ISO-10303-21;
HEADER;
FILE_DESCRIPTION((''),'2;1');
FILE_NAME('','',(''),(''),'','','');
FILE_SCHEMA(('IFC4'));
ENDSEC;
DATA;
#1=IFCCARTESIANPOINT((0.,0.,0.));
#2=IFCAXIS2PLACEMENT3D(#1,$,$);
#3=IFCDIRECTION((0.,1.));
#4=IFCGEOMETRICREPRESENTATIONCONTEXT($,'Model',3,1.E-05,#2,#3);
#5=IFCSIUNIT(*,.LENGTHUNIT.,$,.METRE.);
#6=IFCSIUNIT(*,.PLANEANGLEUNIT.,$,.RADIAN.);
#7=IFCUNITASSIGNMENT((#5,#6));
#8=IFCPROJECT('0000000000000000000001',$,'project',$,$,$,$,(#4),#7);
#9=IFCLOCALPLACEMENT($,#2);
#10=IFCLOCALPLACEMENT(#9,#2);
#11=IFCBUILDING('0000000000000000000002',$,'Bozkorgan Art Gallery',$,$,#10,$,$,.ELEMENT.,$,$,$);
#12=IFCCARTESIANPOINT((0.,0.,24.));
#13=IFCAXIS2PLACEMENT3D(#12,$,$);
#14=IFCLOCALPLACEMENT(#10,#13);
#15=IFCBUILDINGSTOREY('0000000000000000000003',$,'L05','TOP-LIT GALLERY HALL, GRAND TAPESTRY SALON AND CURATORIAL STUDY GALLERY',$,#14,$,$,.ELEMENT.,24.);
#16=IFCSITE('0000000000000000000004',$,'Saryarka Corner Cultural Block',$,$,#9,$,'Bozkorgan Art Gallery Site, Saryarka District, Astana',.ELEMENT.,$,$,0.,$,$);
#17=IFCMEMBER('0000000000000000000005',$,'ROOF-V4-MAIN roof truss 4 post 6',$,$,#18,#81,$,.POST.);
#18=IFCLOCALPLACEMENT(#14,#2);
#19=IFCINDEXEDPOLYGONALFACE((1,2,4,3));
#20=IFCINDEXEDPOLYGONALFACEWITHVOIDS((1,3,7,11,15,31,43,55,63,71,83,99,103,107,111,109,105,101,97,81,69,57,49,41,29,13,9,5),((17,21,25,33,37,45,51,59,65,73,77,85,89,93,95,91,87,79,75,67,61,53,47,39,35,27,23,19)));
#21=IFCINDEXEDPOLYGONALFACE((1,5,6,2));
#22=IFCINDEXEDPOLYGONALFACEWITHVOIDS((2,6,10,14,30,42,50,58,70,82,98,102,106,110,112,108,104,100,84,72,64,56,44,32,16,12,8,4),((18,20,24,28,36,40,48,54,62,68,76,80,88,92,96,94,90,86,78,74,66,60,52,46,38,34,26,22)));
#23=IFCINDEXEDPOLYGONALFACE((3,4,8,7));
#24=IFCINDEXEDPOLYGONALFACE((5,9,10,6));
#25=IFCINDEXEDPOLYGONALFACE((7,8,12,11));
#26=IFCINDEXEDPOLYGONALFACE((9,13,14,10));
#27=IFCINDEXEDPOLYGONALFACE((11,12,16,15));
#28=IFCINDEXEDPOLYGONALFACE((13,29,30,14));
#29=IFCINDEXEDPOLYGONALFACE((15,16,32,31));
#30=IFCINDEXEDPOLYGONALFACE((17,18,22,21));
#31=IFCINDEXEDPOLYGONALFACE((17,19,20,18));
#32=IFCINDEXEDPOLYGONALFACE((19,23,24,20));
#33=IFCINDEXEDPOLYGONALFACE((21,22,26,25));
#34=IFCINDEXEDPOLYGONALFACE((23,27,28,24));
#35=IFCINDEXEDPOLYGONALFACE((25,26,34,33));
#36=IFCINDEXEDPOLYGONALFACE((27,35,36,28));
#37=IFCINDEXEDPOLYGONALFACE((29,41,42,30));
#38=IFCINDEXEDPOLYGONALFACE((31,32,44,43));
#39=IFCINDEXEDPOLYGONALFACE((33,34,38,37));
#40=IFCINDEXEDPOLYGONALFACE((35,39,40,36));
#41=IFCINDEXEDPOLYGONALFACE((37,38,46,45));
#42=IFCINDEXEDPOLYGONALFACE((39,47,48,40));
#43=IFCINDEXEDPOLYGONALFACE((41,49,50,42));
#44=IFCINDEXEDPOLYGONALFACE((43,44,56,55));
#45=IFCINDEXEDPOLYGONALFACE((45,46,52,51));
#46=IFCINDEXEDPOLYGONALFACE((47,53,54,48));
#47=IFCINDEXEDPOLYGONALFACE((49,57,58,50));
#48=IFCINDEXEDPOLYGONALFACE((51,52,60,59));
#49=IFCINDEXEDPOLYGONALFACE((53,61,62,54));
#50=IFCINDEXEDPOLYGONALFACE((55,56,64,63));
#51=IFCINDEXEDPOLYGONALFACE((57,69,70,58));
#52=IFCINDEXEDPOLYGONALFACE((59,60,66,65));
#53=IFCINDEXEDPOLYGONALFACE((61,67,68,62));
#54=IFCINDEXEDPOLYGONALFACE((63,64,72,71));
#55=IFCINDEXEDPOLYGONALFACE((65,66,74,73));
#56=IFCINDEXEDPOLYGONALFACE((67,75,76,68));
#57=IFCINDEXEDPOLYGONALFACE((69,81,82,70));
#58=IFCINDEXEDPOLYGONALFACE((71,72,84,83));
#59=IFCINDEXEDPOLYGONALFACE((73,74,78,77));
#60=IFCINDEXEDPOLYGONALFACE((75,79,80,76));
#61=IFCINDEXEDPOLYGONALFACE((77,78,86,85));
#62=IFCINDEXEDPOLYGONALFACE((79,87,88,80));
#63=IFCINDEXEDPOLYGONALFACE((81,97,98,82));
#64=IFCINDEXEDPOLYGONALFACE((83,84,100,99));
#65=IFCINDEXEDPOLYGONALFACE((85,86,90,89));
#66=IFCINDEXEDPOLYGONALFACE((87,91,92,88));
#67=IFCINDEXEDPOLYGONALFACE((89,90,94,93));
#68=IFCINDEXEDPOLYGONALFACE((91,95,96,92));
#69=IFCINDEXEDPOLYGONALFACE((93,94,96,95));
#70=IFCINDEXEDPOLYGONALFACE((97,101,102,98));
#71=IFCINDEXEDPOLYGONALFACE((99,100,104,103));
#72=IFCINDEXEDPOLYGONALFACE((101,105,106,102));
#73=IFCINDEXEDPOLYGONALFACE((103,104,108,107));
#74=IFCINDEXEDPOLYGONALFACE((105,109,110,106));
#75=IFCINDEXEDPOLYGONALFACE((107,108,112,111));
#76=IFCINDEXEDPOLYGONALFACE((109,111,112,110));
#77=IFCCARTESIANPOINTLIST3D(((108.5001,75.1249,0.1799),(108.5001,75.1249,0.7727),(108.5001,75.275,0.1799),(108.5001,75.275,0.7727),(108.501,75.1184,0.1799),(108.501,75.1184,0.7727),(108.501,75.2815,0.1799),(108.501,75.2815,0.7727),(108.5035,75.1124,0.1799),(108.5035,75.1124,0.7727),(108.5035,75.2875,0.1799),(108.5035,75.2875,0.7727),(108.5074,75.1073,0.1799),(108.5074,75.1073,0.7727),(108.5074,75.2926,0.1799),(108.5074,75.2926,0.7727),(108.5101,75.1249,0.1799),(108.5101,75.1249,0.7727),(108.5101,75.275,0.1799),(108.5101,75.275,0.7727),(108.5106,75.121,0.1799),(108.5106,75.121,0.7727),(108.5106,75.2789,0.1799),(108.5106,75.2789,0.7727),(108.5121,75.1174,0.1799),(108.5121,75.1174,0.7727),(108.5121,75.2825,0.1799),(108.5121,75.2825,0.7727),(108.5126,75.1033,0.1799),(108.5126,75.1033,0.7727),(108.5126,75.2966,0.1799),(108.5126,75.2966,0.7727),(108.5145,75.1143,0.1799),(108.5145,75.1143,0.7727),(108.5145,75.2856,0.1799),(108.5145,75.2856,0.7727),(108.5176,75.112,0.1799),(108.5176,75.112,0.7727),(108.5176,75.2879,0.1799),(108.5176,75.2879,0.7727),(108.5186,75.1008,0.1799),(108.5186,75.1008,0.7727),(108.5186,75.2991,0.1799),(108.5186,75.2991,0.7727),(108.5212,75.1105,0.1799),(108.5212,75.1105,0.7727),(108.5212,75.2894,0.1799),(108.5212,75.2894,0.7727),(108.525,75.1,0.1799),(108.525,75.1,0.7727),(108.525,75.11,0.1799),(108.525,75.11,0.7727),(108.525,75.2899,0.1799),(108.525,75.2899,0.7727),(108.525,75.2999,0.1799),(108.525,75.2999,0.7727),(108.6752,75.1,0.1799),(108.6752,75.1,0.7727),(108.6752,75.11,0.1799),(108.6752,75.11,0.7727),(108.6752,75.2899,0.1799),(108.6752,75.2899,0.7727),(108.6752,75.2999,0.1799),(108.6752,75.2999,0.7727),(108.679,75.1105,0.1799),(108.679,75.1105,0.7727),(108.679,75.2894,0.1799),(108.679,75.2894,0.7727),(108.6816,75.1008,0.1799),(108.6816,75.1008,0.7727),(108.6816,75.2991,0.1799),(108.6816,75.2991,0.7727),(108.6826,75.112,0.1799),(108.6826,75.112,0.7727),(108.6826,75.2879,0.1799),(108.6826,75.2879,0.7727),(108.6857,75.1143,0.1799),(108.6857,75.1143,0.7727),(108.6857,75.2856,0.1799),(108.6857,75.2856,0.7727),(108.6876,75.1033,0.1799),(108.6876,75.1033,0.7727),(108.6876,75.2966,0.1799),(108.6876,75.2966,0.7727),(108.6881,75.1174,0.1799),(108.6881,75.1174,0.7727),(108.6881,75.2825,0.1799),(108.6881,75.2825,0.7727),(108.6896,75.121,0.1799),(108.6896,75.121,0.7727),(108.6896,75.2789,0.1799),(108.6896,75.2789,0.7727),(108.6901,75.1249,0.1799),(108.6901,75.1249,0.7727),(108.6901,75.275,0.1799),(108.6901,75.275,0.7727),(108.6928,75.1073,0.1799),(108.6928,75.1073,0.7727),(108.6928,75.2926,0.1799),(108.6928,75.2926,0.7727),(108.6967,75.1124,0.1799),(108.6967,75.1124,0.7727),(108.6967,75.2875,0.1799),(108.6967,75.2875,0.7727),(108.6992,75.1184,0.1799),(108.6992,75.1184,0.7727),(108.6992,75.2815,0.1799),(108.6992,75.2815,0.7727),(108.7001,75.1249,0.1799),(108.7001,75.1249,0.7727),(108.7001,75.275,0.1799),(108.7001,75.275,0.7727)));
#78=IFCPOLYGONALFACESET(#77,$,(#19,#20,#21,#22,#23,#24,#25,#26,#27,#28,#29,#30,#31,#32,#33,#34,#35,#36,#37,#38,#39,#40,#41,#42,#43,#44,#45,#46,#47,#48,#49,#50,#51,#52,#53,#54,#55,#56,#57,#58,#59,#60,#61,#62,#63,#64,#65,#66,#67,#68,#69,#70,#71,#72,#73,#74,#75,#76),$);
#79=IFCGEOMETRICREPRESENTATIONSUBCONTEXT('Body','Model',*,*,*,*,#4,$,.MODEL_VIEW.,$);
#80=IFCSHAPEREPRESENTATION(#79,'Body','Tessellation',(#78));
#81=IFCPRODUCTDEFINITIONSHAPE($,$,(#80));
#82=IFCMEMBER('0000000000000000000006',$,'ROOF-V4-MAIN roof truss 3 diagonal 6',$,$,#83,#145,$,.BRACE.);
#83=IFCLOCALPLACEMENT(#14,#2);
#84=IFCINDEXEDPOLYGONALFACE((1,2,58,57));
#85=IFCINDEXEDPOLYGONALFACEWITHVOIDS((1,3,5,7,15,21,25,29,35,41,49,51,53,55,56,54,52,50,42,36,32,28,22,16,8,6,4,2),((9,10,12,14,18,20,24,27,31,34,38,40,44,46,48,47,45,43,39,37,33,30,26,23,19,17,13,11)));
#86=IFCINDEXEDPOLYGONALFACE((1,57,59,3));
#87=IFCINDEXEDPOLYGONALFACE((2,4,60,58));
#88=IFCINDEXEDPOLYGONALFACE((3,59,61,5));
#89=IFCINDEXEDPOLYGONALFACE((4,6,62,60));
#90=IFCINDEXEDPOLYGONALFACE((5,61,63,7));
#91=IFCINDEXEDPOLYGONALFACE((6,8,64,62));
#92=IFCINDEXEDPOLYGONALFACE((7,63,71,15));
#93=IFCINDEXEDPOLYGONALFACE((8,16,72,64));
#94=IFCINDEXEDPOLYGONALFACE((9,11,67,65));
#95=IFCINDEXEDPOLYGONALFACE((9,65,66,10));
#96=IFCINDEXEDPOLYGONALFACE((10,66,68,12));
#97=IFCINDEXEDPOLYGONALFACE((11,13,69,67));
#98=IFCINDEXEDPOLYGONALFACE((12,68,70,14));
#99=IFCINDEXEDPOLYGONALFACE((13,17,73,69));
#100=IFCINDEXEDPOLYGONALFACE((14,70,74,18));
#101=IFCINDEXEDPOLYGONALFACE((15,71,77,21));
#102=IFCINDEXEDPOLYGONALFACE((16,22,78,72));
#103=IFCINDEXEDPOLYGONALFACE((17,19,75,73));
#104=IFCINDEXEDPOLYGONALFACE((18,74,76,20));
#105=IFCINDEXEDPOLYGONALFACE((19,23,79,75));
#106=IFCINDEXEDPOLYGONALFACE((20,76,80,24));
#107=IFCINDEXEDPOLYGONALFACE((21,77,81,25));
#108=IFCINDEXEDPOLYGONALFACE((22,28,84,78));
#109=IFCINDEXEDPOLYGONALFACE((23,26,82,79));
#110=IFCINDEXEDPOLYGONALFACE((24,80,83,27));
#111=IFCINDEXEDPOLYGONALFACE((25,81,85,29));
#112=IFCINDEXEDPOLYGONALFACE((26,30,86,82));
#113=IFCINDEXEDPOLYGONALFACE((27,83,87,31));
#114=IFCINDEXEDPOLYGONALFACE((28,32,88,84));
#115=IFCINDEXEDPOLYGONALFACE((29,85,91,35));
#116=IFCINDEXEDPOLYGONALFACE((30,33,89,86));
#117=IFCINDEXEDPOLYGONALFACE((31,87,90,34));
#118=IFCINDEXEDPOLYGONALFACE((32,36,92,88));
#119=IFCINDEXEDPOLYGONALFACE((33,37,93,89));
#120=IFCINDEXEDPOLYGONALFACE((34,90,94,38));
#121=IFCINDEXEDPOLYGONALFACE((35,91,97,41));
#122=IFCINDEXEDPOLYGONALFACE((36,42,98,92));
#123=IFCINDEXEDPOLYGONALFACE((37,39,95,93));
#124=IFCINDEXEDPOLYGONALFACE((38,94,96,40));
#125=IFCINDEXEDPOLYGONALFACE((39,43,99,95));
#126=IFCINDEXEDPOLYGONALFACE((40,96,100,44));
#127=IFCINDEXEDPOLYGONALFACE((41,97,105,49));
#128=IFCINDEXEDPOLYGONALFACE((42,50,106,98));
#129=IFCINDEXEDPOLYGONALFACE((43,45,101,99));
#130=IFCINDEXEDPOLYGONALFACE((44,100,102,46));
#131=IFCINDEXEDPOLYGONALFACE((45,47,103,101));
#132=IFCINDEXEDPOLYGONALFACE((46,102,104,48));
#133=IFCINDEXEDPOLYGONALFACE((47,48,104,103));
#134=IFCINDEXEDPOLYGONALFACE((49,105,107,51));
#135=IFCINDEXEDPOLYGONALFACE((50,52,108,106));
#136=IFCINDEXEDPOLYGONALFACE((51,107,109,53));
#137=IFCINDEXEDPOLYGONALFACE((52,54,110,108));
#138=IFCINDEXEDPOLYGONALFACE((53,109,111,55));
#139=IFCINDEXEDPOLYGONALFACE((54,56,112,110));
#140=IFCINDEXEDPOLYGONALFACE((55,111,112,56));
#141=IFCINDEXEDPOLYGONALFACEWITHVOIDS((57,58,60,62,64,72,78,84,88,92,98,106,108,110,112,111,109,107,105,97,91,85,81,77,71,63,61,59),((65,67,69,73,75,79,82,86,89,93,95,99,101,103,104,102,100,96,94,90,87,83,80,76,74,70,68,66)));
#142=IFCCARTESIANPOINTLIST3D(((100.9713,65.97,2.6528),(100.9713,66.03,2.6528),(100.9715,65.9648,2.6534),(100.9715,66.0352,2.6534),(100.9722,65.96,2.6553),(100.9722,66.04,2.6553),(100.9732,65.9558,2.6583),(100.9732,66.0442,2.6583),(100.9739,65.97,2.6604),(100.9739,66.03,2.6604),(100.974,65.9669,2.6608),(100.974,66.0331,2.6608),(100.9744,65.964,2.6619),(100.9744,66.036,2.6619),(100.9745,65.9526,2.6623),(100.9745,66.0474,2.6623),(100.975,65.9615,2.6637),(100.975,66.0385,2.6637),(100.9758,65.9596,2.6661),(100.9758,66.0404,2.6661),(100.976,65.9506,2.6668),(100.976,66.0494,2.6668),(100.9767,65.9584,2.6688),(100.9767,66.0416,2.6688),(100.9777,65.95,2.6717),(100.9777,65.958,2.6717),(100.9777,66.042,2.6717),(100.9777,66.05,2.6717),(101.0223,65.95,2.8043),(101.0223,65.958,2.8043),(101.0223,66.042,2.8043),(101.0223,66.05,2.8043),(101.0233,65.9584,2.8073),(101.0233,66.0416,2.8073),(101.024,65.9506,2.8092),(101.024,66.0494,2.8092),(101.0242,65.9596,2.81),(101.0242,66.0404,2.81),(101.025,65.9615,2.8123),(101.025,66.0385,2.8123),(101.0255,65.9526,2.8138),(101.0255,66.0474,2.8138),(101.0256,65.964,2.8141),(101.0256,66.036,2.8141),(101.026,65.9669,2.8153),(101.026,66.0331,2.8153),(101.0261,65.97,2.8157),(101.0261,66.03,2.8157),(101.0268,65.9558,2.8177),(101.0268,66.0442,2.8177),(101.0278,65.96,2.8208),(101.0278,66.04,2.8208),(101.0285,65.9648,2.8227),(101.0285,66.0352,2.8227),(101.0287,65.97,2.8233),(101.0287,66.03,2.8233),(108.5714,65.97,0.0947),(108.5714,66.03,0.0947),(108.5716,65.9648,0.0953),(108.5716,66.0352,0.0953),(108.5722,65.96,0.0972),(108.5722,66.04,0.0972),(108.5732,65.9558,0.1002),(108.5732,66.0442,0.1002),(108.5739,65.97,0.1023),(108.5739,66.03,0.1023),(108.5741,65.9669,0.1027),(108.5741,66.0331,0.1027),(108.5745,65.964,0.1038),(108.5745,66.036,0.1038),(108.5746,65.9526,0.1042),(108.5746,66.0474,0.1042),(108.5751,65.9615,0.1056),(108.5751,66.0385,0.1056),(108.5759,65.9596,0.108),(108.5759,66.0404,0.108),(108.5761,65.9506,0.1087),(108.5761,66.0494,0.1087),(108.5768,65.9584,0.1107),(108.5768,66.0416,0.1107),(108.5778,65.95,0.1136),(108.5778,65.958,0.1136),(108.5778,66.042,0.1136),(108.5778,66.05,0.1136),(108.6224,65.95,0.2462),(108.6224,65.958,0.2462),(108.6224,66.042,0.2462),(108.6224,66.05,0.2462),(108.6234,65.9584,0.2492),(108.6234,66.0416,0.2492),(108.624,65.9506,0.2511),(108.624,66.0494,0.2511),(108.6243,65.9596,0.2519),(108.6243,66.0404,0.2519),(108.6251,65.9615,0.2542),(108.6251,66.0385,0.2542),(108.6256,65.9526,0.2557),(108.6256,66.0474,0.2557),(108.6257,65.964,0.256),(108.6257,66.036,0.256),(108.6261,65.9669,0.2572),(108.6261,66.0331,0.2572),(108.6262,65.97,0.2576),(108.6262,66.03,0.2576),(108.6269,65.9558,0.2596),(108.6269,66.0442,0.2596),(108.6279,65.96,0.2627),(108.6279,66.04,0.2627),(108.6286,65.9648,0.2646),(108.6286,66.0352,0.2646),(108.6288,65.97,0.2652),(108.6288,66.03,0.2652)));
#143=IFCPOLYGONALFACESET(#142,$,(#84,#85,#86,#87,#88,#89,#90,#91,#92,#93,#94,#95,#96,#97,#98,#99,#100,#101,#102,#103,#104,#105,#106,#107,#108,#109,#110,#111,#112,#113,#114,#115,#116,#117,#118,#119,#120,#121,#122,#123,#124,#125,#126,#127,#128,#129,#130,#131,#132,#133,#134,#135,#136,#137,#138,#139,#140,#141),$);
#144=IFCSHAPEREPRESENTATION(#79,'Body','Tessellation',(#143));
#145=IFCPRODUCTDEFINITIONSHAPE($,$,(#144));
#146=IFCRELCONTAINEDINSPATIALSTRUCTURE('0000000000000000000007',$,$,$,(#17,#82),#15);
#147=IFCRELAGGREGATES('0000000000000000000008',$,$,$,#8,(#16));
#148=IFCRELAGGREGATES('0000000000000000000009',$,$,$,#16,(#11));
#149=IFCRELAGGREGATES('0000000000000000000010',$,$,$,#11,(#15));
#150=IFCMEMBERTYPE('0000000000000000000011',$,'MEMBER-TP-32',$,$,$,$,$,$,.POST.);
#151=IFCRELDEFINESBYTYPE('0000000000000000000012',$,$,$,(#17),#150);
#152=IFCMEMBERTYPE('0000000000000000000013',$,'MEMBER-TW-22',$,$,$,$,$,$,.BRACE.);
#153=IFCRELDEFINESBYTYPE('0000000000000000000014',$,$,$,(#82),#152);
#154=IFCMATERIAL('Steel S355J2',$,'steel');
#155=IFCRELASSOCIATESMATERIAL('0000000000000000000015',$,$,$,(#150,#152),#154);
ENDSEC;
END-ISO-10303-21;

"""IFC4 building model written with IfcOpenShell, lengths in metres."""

from ifc_helpers import new_model, si_unit, direction, frame, origin, origin_2d, place, context, subcontext, project, spatial, hollow_rectangle, extrude, material, material_profile, profile_set, type_object, element, save


model = new_model("IFC4")

# Units and contexts
model_context = context("Model", 3, precision=1e-05, world=origin(), true_north=direction((0.0, 1.0)))
body_context = subcontext(model_context, "Body", "Model", "MODEL_VIEW")
ifc_project = project(units=[si_unit("LENGTHUNIT", "METRE"), si_unit("PLANEANGLEUNIT", "RADIAN")], contexts=[model_context])

# Site, building, storey
site_placement = place(None, origin())
site = spatial("IfcSite", under=ifc_project, at=site_placement, Name="Saryarka Corner Cultural Block", LongName="Bozkorgan Art Gallery Site, Saryarka District, Astana", CompositionType="ELEMENT", RefElevation=0.0)
building_placement = place(site_placement, origin())
building = spatial("IfcBuilding", under=site, at=building_placement, Name="Bozkorgan Art Gallery", CompositionType="ELEMENT")
storey_placement = place(building_placement, frame((0.0, 0.0, 24.0)))
storey = spatial("IfcBuildingStorey", under=building, at=storey_placement, Name="L05", Description="TOP-LIT GALLERY HALL, GRAND TAPESTRY SALON AND CURATORIAL STUDY GALLERY", CompositionType="ELEMENT", Elevation=24.0)

# Shared definitions
ifc_material_1 = material(Name="Steel S355J2", Category="steel")

# Members
ifc_material_profile_1 = material_profile(ifc_material_1, hollow_rectangle(XDim=0.2, YDim=0.2, WallThickness=0.01, InnerFilletRadius=0.0149, OuterFilletRadius=0.0249, at=origin_2d()), Name="SHS 200x200x10")
ifc_profile_set_1 = profile_set([ifc_material_profile_1], Name="Steel S355J2")
member_type_1 = type_object("IfcMemberType", Name="MEMBER-TP-32", PredefinedType="POST", material=ifc_profile_set_1)
member_1_placement = place(storey_placement, frame((108.6001, 75.2, 0.1799), z_axis=(0.0, 0.0, 1.0), x_axis=(1.0, 0.0, 0.0)))
element("IfcMember", 1, at=member_1_placement, inside=storey, type_object=member_type_1, Name="ROOF-V4-MAIN roof truss 4 post 6", PredefinedType="POST", context=body_context, shape_type="SweptSolid", body=[
    extrude(hollow_rectangle(XDim=0.2, YDim=0.2, WallThickness=0.01, InnerFilletRadius=0.0149, OuterFilletRadius=0.0249, at=origin_2d()), origin(), (0.0, 0.0, 1.0), 0.5928),
])
ifc_material_profile_2 = material_profile(ifc_material_1, hollow_rectangle(XDim=0.1001, YDim=0.1799, WallThickness=0.0081, InnerFilletRadius=0.012, OuterFilletRadius=0.02, at=origin_2d()), Name="RHS 180x100x8")
ifc_profile_set_2 = profile_set([ifc_material_profile_2], Name="Steel S355J2")
member_type_2 = type_object("IfcMemberType", Name="MEMBER-TW-22", PredefinedType="BRACE", material=ifc_profile_set_2)
for number, where, z_axis, x_axis, name in (
    (2, (101.0, 66.0, 2.738), (0.947754, 0.0, -0.319003), (0.0, 1.0, 0.0), "ROOF-V4-MAIN roof truss 3 diagonal 6"),
):
    element("IfcMember", number, at=place(storey_placement, frame(where, z_axis=z_axis, x_axis=x_axis)), inside=storey, type_object=member_type_2, Name=name, PredefinedType="BRACE", context=body_context, shape_type="SweptSolid", body=[
        extrude(hollow_rectangle(XDim=0.1001, YDim=0.1799, WallThickness=0.0081, InnerFilletRadius=0.012, OuterFilletRadius=0.02, at=origin_2d()), origin(), (0.0, 0.0, 1.0), 8.019),
    ])

save(model, "model.ifc")
